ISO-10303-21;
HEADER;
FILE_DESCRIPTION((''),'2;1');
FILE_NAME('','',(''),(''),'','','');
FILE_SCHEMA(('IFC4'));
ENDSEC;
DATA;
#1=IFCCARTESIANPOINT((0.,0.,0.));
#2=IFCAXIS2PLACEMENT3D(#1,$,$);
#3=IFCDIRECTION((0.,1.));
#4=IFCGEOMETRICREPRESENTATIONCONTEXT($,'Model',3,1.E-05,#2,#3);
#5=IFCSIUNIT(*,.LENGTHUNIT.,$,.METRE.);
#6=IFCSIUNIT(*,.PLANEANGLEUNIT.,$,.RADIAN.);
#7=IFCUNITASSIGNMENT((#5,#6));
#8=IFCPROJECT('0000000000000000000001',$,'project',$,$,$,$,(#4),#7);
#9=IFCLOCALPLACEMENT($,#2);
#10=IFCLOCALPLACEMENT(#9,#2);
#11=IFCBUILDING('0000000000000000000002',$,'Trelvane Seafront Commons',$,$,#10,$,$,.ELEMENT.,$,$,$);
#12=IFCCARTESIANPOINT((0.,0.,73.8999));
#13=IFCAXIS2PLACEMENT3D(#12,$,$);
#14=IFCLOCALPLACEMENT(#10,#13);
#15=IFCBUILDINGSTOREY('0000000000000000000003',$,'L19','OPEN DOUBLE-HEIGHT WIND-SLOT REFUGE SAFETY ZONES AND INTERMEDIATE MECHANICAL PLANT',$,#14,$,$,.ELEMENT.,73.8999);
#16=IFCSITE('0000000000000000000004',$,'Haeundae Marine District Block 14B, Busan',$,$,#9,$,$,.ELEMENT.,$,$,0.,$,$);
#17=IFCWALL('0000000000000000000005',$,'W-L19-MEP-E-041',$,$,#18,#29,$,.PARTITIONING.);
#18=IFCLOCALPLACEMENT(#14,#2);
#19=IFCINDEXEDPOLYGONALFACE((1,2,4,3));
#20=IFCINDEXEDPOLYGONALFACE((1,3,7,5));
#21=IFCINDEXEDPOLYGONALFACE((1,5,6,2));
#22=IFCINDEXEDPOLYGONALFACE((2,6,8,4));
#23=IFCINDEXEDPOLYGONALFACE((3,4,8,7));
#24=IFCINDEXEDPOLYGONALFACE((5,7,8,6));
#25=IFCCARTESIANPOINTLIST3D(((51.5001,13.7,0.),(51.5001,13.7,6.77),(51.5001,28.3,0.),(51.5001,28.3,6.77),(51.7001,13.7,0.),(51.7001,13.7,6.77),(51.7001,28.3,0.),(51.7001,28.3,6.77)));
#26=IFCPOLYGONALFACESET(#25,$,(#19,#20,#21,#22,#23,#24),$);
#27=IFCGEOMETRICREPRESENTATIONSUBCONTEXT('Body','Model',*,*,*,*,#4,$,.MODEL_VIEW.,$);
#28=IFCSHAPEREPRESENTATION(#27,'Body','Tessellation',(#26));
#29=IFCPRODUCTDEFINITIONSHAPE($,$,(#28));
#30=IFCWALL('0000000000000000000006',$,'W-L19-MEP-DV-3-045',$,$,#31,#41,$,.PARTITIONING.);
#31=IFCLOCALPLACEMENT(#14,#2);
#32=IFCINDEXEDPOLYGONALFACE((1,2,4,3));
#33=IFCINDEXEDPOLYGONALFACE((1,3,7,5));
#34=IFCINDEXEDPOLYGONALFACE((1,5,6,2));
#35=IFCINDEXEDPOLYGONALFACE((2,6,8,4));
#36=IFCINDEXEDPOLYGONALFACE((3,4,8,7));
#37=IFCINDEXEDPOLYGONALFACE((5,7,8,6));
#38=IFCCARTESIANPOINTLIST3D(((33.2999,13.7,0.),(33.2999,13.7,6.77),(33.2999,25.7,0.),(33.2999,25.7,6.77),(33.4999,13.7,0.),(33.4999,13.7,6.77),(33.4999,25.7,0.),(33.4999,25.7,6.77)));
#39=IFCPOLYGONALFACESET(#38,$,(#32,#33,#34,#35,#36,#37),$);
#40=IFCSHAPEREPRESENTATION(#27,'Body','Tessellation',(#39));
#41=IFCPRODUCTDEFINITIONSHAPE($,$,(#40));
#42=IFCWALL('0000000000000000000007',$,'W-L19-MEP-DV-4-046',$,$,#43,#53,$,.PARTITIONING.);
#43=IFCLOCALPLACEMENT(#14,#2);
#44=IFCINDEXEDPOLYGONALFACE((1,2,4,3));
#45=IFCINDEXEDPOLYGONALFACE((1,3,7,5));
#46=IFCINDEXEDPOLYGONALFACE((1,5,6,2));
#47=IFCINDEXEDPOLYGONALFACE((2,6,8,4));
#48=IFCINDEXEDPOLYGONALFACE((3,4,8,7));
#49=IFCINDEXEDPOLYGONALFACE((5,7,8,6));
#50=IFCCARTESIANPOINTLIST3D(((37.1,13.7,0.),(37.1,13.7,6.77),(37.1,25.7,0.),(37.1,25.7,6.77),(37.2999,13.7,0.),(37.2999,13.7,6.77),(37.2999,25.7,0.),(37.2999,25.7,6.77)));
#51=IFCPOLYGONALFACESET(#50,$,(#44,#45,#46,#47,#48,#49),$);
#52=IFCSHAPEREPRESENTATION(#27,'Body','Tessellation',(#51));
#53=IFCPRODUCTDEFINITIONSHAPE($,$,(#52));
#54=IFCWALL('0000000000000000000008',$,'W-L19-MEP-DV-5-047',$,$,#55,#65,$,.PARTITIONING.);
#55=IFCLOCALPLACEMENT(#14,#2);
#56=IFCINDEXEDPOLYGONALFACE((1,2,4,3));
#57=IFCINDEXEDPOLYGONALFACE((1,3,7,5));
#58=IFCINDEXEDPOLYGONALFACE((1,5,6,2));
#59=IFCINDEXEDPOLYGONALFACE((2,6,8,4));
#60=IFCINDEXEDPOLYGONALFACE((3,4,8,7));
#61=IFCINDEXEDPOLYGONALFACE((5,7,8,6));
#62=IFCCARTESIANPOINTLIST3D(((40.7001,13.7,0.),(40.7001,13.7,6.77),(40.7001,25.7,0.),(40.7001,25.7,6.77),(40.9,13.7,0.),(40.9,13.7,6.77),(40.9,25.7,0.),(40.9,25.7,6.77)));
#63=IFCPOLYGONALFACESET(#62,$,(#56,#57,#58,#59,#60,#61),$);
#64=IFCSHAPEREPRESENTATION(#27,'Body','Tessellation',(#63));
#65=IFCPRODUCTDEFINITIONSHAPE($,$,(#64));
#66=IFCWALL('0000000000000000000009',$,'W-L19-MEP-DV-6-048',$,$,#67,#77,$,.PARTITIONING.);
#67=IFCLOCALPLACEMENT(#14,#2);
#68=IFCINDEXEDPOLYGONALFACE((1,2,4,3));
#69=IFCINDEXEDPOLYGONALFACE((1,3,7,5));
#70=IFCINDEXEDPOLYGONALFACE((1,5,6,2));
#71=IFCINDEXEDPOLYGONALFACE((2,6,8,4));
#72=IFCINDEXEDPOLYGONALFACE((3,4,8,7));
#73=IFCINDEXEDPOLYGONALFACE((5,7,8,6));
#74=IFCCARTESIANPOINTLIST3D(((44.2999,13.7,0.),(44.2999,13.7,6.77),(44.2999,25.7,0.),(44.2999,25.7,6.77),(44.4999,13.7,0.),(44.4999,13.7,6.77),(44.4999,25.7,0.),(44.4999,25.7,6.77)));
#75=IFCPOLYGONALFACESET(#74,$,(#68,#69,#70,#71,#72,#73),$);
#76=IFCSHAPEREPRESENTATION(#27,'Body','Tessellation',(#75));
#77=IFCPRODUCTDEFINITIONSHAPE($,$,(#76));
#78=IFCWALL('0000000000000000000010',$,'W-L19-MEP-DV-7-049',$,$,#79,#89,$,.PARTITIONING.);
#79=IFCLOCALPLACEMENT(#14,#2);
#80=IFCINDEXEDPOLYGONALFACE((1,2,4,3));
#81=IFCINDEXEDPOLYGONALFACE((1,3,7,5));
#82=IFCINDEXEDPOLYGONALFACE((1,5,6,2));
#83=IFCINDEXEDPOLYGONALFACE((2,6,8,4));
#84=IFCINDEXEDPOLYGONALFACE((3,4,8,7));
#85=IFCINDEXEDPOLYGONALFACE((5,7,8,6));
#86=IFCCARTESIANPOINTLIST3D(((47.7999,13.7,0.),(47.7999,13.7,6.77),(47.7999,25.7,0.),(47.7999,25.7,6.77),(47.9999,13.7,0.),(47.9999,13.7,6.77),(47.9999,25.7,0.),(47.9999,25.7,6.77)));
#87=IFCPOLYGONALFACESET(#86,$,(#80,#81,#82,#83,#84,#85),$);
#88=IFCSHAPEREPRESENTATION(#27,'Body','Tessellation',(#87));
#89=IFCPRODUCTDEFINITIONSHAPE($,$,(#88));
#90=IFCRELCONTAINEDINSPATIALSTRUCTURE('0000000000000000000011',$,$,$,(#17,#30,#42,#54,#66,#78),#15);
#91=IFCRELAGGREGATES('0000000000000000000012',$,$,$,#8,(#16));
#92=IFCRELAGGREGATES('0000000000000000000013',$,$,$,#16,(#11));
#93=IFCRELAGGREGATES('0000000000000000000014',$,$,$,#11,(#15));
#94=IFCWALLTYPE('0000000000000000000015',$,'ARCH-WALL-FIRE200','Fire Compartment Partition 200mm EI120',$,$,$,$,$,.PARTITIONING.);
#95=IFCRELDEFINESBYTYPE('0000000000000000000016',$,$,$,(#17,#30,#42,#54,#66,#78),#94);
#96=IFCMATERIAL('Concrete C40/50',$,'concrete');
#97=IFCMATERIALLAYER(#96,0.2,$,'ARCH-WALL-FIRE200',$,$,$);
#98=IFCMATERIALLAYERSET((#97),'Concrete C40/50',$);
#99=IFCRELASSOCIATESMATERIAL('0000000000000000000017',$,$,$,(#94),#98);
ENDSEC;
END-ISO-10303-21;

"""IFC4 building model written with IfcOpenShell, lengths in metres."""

from ifc_helpers import new_model, si_unit, direction, frame, frame_2d, origin, place, context, subcontext, project, spatial, rectangle, extrude, material, layer, layer_set, type_object, element, save


model = new_model("IFC4")

# Units and contexts
model_context = context("Model", 3, precision=1e-05, world=origin(), true_north=direction((0.0, 1.0)))
body_context = subcontext(model_context, "Body", "Model", "MODEL_VIEW")
ifc_project = project(units=[si_unit("LENGTHUNIT", "METRE"), si_unit("PLANEANGLEUNIT", "RADIAN")], contexts=[model_context])

# Site, building, storey
site_placement = place(None, origin())
site = spatial("IfcSite", under=ifc_project, at=site_placement, Name="Haeundae Marine District Block 14B, Busan", CompositionType="ELEMENT", RefElevation=0.0)
building_placement = place(site_placement, origin())
building = spatial("IfcBuilding", under=site, at=building_placement, Name="Trelvane Seafront Commons", CompositionType="ELEMENT")
storey_placement = place(building_placement, frame((0.0, 0.0, 73.8999)))
storey = spatial("IfcBuildingStorey", under=building, at=storey_placement, Name="L19", Description="OPEN DOUBLE-HEIGHT WIND-SLOT REFUGE SAFETY ZONES AND INTERMEDIATE MECHANICAL PLANT", CompositionType="ELEMENT", Elevation=73.8999)

# Walls
ifc_material_1 = material(Name="Concrete C40/50", Category="concrete")
ifc_layer_1 = layer(ifc_material_1, 0.2, Name="ARCH-WALL-FIRE200")
ifc_layer_set_1 = layer_set([ifc_layer_1], Name="Concrete C40/50")
wall_type = type_object("IfcWallType", Name="ARCH-WALL-FIRE200", Description="Fire Compartment Partition 200mm EI120", PredefinedType="PARTITIONING", material=ifc_layer_set_1)
wall_placement = place(storey_placement, frame((51.6001, 13.7, 0.0), z_axis=(0.0, 0.0, 1.0), x_axis=(0.0, 1.0, 0.0)))
element("IfcWall", 1, at=wall_placement, inside=storey, type_object=wall_type, Name="W-L19-MEP-E-041", PredefinedType="PARTITIONING", context=body_context, shape_type="SweptSolid", body=[
    extrude(rectangle(XDim=14.6001, YDim=0.2, at=frame_2d((7.3, 0.0))), origin(), (0.0, 0.0, 1.0), 6.77),
])
for number, where, z_axis, x_axis, name in (
    (2, (33.3999, 13.7, 0.0), (0.0, 0.0, 1.0), (0.0, 1.0, 0.0), "W-L19-MEP-DV-3-045"),
    (3, (37.2, 13.7, 0.0), (0.0, 0.0, 1.0), (0.0, 1.0, 0.0), "W-L19-MEP-DV-4-046"),
    (4, (40.8, 13.7, 0.0), (0.0, 0.0, 1.0), (0.0, 1.0, 0.0), "W-L19-MEP-DV-5-047"),
    (5, (44.3999, 13.7, 0.0), (0.0, 0.0, 1.0), (0.0, 1.0, 0.0), "W-L19-MEP-DV-6-048"),
    (6, (47.8999, 13.7, 0.0), (0.0, 0.0, 1.0), (0.0, 1.0, 0.0), "W-L19-MEP-DV-7-049"),
):
    element("IfcWall", number, at=place(storey_placement, frame(where, z_axis=z_axis, x_axis=x_axis)), inside=storey, type_object=wall_type, Name=name, PredefinedType="PARTITIONING", context=body_context, shape_type="SweptSolid", body=[
        extrude(rectangle(XDim=12.0, YDim=0.2, at=frame_2d((6.0, 0.0))), origin(), (0.0, 0.0, 1.0), 6.77),
    ])

save(model, "model.ifc")
